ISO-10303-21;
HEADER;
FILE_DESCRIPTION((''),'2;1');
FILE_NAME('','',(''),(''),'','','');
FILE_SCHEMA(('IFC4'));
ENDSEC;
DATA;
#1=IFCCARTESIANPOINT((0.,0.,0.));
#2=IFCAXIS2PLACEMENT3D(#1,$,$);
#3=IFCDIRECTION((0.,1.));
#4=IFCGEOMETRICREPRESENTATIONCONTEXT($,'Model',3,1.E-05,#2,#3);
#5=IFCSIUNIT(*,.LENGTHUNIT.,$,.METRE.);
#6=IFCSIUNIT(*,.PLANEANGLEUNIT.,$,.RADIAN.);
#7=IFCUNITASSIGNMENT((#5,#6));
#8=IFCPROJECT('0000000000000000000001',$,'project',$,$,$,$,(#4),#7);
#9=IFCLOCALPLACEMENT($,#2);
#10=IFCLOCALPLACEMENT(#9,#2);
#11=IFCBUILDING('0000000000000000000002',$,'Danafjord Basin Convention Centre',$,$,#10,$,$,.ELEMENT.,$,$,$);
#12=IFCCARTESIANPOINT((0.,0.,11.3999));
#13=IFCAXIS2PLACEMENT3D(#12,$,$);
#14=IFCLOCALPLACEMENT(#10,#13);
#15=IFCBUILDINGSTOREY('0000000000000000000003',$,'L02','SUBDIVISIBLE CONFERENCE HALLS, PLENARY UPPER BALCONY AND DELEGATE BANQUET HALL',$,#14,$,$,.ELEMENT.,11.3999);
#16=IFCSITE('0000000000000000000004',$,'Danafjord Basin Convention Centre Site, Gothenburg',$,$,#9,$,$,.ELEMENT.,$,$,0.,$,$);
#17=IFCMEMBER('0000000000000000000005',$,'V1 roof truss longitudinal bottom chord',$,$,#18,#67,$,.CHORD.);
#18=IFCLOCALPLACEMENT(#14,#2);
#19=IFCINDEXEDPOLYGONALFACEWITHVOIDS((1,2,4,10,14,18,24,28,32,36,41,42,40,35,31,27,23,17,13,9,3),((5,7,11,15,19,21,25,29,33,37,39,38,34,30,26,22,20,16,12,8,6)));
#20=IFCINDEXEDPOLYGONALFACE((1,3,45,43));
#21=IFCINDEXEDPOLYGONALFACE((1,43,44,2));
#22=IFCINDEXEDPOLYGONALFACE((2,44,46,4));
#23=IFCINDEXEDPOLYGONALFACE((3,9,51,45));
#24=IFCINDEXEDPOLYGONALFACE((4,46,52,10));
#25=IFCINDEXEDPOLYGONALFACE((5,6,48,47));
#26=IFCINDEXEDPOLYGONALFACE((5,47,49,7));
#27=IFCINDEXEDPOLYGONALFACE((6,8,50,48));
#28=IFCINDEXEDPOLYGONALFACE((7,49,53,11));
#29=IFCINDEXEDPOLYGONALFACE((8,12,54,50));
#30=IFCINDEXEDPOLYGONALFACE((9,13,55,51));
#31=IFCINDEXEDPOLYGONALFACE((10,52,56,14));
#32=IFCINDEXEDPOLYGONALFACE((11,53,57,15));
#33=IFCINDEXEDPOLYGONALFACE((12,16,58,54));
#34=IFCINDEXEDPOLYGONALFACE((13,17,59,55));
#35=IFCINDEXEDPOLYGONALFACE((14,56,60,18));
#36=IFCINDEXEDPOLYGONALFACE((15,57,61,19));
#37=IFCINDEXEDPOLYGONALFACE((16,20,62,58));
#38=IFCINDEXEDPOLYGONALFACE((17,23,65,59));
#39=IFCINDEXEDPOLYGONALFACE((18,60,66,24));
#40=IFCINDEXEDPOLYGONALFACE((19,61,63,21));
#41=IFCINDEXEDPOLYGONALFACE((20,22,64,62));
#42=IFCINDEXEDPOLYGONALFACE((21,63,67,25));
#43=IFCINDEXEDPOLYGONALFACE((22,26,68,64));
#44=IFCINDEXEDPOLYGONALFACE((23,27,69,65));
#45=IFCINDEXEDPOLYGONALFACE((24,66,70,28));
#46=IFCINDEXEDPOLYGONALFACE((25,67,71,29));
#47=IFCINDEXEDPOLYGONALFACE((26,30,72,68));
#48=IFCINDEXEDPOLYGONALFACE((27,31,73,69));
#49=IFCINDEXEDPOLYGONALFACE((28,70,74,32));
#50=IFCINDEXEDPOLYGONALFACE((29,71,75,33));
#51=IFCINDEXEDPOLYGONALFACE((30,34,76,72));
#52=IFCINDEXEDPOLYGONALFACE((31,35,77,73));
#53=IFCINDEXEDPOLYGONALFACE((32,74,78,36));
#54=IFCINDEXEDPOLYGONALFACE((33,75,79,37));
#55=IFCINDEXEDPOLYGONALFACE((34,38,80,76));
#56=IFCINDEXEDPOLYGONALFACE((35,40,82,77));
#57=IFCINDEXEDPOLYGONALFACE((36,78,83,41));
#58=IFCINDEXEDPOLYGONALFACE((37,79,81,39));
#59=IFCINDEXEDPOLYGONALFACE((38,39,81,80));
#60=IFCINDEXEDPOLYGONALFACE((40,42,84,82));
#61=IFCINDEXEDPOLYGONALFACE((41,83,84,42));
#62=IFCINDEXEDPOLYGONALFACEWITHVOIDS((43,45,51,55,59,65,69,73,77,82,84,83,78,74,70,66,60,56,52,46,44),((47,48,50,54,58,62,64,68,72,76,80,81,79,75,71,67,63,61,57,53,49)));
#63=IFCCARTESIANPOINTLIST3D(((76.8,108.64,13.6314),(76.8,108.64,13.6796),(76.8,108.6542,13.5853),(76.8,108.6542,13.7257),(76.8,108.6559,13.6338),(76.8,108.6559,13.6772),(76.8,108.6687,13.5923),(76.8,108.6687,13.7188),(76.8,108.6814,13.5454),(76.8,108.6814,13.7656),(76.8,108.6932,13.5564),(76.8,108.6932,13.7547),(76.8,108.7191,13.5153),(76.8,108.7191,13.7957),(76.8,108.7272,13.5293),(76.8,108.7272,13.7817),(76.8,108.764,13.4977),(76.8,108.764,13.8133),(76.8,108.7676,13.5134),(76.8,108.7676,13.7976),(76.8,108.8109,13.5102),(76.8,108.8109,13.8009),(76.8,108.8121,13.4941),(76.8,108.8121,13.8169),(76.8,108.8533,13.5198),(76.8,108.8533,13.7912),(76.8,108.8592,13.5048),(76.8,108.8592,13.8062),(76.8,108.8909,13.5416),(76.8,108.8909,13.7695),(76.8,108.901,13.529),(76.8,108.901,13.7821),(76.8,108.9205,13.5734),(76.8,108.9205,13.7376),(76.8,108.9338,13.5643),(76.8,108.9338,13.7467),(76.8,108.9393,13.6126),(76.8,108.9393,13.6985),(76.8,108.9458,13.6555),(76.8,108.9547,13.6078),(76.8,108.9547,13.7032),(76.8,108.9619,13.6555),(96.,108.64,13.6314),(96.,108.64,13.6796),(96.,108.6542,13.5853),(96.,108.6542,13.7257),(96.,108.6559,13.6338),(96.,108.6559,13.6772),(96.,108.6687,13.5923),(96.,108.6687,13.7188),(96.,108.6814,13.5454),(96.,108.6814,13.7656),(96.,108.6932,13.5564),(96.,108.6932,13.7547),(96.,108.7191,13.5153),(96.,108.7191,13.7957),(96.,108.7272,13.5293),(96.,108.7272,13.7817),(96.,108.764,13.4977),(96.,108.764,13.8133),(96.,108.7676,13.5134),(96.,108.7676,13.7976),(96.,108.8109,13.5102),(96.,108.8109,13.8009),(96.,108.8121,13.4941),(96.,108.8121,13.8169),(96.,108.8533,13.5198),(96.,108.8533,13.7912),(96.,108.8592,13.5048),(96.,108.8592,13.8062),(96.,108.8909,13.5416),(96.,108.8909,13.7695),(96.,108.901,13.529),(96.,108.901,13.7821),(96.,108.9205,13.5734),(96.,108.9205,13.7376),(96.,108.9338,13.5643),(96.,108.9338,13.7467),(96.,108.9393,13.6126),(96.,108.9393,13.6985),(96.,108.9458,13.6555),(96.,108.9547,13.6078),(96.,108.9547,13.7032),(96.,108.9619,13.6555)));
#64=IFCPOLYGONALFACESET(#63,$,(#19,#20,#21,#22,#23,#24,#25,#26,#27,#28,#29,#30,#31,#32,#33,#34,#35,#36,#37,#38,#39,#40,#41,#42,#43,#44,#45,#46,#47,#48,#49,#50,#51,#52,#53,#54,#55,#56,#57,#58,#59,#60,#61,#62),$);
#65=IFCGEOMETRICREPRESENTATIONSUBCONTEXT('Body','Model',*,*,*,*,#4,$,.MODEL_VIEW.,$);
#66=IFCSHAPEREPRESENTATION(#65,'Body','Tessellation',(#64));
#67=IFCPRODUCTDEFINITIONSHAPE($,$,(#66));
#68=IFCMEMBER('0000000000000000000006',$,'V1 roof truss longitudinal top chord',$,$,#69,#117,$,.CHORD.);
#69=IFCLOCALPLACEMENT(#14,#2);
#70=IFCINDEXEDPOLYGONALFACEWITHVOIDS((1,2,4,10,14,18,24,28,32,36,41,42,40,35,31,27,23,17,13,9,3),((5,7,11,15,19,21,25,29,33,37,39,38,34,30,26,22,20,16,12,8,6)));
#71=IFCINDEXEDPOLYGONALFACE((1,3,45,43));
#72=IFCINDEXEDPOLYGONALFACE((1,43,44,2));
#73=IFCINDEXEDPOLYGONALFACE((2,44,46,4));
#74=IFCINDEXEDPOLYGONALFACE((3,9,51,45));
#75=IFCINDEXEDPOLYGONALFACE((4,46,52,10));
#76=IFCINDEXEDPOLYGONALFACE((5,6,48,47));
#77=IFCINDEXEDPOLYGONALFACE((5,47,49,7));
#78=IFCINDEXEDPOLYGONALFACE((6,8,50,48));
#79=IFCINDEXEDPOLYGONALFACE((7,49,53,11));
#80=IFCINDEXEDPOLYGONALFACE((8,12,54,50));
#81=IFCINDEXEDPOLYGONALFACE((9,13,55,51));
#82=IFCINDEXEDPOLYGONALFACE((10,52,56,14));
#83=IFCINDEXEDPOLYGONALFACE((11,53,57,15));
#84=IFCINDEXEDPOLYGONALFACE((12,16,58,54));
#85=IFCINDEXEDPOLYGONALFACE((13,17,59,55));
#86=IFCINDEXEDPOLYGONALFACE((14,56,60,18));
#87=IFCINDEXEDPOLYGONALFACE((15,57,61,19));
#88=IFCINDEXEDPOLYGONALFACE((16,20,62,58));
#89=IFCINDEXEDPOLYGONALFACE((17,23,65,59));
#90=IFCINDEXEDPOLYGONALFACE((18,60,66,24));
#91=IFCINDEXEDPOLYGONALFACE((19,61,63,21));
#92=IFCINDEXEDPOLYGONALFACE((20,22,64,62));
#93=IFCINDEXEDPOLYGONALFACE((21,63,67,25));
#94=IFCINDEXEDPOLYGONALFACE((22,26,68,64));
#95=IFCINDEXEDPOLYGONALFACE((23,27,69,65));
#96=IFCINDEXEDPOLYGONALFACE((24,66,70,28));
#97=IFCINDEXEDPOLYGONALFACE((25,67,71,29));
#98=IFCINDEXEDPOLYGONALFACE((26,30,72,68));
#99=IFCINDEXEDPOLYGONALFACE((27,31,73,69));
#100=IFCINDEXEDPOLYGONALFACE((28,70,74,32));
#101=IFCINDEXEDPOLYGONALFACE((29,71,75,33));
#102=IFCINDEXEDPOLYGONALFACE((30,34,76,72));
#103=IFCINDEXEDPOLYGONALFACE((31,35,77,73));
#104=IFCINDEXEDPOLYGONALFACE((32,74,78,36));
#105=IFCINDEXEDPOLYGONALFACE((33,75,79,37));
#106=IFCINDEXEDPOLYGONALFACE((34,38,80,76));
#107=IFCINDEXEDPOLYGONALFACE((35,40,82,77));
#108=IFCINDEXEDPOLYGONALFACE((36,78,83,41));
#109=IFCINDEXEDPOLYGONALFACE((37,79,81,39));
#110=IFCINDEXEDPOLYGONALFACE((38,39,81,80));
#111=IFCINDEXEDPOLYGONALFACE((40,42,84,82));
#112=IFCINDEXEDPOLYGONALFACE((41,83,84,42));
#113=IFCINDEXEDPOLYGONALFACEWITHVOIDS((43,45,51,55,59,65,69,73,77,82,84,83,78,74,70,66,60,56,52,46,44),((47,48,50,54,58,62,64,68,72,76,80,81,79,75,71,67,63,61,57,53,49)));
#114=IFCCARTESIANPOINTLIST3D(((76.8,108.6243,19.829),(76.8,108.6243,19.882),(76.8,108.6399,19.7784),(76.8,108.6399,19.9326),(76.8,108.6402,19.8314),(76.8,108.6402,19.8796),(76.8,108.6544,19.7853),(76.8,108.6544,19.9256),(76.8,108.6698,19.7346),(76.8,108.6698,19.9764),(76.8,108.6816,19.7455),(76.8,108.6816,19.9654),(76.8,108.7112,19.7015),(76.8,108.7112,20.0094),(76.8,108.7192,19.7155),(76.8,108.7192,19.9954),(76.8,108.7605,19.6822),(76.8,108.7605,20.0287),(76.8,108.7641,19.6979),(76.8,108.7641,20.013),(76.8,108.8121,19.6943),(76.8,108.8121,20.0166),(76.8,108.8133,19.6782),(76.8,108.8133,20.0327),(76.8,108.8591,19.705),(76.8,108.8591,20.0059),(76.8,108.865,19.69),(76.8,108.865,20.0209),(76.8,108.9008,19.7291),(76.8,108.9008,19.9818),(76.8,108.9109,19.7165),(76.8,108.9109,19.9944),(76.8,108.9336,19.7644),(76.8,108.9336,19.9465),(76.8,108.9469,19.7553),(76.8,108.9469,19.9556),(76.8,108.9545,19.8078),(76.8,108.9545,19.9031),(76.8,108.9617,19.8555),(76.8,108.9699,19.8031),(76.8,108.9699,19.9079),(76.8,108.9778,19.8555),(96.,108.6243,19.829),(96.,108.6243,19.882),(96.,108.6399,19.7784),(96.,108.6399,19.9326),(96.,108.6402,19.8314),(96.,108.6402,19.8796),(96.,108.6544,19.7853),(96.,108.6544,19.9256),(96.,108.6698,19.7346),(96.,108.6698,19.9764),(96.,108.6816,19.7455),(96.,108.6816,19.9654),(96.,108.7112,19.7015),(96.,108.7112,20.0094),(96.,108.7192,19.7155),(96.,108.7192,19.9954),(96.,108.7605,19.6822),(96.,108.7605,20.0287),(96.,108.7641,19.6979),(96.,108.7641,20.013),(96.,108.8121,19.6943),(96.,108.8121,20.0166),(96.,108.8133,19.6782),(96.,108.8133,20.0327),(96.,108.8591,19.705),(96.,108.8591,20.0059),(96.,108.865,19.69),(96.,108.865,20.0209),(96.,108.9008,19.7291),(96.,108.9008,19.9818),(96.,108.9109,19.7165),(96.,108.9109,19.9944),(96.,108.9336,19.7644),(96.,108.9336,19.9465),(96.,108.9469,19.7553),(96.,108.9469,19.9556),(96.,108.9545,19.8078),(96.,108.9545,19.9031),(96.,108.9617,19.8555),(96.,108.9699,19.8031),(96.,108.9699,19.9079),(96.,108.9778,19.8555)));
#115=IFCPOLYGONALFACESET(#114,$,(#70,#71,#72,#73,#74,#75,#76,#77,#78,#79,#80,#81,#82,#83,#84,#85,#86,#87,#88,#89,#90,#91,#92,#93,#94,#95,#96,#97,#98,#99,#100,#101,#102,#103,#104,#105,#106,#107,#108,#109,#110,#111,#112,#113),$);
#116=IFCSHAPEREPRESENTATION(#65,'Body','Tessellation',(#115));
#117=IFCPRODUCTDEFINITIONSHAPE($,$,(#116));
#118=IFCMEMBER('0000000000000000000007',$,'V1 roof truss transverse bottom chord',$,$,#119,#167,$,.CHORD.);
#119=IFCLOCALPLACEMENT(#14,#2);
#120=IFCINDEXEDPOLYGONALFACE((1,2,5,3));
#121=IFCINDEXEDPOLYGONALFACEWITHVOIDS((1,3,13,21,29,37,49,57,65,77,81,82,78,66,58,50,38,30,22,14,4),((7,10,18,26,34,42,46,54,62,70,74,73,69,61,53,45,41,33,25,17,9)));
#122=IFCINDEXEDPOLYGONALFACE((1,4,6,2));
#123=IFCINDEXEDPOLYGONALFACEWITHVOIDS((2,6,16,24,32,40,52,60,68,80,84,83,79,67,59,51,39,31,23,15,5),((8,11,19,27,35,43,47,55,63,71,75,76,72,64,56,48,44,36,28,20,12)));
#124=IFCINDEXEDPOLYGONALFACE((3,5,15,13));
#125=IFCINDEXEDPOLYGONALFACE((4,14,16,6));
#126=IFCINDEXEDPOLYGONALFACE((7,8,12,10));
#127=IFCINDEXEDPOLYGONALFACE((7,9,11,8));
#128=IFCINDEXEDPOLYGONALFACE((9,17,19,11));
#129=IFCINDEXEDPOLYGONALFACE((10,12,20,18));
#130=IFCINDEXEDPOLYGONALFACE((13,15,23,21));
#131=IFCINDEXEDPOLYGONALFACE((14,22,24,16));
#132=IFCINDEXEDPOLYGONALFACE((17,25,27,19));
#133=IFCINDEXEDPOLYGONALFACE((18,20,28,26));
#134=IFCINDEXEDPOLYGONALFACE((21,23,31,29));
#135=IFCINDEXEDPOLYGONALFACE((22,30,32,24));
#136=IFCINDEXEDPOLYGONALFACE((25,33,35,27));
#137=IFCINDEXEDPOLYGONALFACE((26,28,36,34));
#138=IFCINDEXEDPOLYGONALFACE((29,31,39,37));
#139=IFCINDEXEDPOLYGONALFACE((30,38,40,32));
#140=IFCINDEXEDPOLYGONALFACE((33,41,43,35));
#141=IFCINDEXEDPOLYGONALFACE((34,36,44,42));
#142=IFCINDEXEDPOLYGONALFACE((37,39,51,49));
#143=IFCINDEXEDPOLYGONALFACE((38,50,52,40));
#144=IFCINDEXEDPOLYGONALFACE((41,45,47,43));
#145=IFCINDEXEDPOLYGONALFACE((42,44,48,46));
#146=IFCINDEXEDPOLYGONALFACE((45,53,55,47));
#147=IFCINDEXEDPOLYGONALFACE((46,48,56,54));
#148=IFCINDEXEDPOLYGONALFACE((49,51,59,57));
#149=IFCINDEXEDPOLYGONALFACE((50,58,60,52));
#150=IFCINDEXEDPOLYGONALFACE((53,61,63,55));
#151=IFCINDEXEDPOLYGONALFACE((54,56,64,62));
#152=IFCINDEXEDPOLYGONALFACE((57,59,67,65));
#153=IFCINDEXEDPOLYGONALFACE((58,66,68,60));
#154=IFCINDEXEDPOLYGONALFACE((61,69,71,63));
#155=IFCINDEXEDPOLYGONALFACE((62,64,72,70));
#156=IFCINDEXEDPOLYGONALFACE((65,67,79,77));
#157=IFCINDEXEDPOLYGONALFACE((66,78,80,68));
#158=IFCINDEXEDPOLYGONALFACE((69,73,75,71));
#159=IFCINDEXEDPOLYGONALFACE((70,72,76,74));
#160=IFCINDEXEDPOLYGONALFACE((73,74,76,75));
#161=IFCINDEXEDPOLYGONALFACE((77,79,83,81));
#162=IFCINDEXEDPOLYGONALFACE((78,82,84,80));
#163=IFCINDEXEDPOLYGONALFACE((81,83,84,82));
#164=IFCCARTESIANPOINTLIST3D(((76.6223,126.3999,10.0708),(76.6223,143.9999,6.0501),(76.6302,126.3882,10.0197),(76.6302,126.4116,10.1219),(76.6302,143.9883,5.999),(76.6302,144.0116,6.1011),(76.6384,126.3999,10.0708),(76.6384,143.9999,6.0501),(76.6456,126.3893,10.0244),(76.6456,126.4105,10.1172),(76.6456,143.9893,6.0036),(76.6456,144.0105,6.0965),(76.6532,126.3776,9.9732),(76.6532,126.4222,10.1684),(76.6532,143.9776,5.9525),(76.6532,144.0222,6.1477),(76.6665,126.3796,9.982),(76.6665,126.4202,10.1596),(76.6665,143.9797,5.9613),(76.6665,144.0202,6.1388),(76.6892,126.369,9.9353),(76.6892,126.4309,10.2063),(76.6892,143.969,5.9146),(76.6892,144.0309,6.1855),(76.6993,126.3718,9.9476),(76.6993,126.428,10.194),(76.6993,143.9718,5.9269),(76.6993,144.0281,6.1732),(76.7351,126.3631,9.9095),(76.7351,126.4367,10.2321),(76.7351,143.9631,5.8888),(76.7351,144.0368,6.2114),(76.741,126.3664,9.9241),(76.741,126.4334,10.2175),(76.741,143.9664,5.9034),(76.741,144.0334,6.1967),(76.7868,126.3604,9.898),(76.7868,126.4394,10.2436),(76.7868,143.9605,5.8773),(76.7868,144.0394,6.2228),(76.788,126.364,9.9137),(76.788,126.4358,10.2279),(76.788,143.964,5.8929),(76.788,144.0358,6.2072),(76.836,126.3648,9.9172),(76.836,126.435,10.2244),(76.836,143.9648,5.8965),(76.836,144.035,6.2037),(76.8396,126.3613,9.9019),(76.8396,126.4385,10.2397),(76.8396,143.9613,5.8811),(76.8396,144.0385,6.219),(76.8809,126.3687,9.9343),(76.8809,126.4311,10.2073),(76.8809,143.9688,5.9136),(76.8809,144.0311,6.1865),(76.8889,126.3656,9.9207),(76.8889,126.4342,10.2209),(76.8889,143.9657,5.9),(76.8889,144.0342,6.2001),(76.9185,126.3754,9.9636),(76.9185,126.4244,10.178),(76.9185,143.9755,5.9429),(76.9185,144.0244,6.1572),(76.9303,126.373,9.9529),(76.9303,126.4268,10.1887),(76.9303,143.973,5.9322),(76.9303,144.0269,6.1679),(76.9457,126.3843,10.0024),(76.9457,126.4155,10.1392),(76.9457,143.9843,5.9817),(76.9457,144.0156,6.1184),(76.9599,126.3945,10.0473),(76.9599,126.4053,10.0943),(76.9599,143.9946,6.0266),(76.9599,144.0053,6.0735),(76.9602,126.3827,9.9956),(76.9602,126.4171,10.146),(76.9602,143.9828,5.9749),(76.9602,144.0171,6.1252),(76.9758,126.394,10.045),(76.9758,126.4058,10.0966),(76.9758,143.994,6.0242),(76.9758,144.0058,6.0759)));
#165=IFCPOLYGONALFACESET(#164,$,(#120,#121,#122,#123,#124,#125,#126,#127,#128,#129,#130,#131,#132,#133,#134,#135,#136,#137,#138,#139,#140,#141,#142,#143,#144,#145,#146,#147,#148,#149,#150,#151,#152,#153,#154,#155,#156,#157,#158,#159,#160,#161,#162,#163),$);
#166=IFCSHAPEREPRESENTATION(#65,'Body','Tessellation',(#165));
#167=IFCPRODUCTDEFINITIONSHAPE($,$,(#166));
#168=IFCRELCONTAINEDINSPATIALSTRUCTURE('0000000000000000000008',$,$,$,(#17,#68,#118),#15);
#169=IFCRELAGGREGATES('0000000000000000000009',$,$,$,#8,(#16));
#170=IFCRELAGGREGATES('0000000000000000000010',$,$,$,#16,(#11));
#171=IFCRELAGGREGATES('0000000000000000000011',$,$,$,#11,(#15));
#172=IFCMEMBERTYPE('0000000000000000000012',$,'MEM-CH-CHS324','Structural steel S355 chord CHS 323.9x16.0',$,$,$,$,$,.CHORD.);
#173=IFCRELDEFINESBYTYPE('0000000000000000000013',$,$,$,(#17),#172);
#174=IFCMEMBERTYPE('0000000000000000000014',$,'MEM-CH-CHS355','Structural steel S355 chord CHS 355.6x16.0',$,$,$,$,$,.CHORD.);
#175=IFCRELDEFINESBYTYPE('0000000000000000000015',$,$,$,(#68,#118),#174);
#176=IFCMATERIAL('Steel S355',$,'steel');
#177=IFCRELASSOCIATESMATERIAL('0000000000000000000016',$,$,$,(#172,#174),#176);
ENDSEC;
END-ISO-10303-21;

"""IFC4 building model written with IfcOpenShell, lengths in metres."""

from ifc_helpers import new_model, si_unit, direction, frame, origin, origin_2d, place, context, subcontext, project, spatial, hollow_circle, extrude, material, material_profile, profile_set, type_object, element, save


model = new_model("IFC4")

# Units and contexts
model_context = context("Model", 3, precision=1e-05, world=origin(), true_north=direction((0.0, 1.0)))
body_context = subcontext(model_context, "Body", "Model", "MODEL_VIEW")
ifc_project = project(units=[si_unit("LENGTHUNIT", "METRE"), si_unit("PLANEANGLEUNIT", "RADIAN")], contexts=[model_context])

# Site, building, storey
site_placement = place(None, origin())
site = spatial("IfcSite", under=ifc_project, at=site_placement, Name="Danafjord Basin Convention Centre Site, Gothenburg", CompositionType="ELEMENT", RefElevation=0.0)
building_placement = place(site_placement, origin())
building = spatial("IfcBuilding", under=site, at=building_placement, Name="Danafjord Basin Convention Centre", CompositionType="ELEMENT")
storey_placement = place(building_placement, frame((0.0, 0.0, 11.3999)))
storey = spatial("IfcBuildingStorey", under=building, at=storey_placement, Name="L02", Description="SUBDIVISIBLE CONFERENCE HALLS, PLENARY UPPER BALCONY AND DELEGATE BANQUET HALL", CompositionType="ELEMENT", Elevation=11.3999)

# Shared definitions
ifc_material_1 = material(Name="Steel S355", Category="steel")

# Members
ifc_material_profile_1 = material_profile(ifc_material_1, hollow_circle(Radius=0.1619, WallThickness=0.0161, at=origin_2d()), Name="CHS 323.9x16.0")
ifc_profile_set_1 = profile_set([ifc_material_profile_1], Name="Steel S355")
member_type_1 = type_object("IfcMemberType", Name="MEM-CH-CHS324", Description="Structural steel S355 chord CHS 323.9x16.0", PredefinedType="CHORD", material=ifc_profile_set_1)
member_1_placement = place(storey_placement, frame((76.8, 108.8, 13.6555), z_axis=(1.0, 0.0, 0.0), x_axis=(0.0, 1.0, 0.0)))
element("IfcMember", 1, at=member_1_placement, inside=storey, type_object=member_type_1, Name="V1 roof truss longitudinal bottom chord", PredefinedType="CHORD", context=body_context, shape_type="SweptSolid", body=[
    extrude(hollow_circle(Radius=0.1619, WallThickness=0.0161, at=origin_2d()), origin(), (0.0, 0.0, 1.0), 19.2),
])
ifc_material_profile_2 = material_profile(ifc_material_1, hollow_circle(Radius=0.1777, WallThickness=0.0161, at=origin_2d()), Name="CHS 355.6x16.0")
ifc_profile_set_2 = profile_set([ifc_material_profile_2], Name="Steel S355")
member_type_2 = type_object("IfcMemberType", Name="MEM-CH-CHS355", Description="Structural steel S355 chord CHS 355.6x16.0", PredefinedType="CHORD", material=ifc_profile_set_2)
member_2_placement = place(storey_placement, frame((76.8, 108.8, 19.8555), z_axis=(1.0, 0.0, 0.0), x_axis=(0.0, 1.0, 0.0)))
element("IfcMember", 2, at=member_2_placement, inside=storey, type_object=member_type_2, Name="V1 roof truss longitudinal top chord", PredefinedType="CHORD", context=body_context, shape_type="SweptSolid", body=[
    extrude(hollow_circle(Radius=0.1777, WallThickness=0.0161, at=origin_2d()), origin(), (0.0, 0.0, 1.0), 19.2),
])
member_3_placement = place(storey_placement, frame((76.8, 126.3999, 10.0708), z_axis=(0.0, 0.974884, -0.222713), x_axis=(-1.0, 0.0, 0.0)))
element("IfcMember", 3, at=member_3_placement, inside=storey, type_object=member_type_2, Name="V1 roof truss transverse bottom chord", PredefinedType="CHORD", context=body_context, shape_type="SweptSolid", body=[
    extrude(hollow_circle(Radius=0.1777, WallThickness=0.0161, at=origin_2d()), origin(), (0.0, 0.0, 1.0), 18.0535),
])

save(model, "model.ifc")
